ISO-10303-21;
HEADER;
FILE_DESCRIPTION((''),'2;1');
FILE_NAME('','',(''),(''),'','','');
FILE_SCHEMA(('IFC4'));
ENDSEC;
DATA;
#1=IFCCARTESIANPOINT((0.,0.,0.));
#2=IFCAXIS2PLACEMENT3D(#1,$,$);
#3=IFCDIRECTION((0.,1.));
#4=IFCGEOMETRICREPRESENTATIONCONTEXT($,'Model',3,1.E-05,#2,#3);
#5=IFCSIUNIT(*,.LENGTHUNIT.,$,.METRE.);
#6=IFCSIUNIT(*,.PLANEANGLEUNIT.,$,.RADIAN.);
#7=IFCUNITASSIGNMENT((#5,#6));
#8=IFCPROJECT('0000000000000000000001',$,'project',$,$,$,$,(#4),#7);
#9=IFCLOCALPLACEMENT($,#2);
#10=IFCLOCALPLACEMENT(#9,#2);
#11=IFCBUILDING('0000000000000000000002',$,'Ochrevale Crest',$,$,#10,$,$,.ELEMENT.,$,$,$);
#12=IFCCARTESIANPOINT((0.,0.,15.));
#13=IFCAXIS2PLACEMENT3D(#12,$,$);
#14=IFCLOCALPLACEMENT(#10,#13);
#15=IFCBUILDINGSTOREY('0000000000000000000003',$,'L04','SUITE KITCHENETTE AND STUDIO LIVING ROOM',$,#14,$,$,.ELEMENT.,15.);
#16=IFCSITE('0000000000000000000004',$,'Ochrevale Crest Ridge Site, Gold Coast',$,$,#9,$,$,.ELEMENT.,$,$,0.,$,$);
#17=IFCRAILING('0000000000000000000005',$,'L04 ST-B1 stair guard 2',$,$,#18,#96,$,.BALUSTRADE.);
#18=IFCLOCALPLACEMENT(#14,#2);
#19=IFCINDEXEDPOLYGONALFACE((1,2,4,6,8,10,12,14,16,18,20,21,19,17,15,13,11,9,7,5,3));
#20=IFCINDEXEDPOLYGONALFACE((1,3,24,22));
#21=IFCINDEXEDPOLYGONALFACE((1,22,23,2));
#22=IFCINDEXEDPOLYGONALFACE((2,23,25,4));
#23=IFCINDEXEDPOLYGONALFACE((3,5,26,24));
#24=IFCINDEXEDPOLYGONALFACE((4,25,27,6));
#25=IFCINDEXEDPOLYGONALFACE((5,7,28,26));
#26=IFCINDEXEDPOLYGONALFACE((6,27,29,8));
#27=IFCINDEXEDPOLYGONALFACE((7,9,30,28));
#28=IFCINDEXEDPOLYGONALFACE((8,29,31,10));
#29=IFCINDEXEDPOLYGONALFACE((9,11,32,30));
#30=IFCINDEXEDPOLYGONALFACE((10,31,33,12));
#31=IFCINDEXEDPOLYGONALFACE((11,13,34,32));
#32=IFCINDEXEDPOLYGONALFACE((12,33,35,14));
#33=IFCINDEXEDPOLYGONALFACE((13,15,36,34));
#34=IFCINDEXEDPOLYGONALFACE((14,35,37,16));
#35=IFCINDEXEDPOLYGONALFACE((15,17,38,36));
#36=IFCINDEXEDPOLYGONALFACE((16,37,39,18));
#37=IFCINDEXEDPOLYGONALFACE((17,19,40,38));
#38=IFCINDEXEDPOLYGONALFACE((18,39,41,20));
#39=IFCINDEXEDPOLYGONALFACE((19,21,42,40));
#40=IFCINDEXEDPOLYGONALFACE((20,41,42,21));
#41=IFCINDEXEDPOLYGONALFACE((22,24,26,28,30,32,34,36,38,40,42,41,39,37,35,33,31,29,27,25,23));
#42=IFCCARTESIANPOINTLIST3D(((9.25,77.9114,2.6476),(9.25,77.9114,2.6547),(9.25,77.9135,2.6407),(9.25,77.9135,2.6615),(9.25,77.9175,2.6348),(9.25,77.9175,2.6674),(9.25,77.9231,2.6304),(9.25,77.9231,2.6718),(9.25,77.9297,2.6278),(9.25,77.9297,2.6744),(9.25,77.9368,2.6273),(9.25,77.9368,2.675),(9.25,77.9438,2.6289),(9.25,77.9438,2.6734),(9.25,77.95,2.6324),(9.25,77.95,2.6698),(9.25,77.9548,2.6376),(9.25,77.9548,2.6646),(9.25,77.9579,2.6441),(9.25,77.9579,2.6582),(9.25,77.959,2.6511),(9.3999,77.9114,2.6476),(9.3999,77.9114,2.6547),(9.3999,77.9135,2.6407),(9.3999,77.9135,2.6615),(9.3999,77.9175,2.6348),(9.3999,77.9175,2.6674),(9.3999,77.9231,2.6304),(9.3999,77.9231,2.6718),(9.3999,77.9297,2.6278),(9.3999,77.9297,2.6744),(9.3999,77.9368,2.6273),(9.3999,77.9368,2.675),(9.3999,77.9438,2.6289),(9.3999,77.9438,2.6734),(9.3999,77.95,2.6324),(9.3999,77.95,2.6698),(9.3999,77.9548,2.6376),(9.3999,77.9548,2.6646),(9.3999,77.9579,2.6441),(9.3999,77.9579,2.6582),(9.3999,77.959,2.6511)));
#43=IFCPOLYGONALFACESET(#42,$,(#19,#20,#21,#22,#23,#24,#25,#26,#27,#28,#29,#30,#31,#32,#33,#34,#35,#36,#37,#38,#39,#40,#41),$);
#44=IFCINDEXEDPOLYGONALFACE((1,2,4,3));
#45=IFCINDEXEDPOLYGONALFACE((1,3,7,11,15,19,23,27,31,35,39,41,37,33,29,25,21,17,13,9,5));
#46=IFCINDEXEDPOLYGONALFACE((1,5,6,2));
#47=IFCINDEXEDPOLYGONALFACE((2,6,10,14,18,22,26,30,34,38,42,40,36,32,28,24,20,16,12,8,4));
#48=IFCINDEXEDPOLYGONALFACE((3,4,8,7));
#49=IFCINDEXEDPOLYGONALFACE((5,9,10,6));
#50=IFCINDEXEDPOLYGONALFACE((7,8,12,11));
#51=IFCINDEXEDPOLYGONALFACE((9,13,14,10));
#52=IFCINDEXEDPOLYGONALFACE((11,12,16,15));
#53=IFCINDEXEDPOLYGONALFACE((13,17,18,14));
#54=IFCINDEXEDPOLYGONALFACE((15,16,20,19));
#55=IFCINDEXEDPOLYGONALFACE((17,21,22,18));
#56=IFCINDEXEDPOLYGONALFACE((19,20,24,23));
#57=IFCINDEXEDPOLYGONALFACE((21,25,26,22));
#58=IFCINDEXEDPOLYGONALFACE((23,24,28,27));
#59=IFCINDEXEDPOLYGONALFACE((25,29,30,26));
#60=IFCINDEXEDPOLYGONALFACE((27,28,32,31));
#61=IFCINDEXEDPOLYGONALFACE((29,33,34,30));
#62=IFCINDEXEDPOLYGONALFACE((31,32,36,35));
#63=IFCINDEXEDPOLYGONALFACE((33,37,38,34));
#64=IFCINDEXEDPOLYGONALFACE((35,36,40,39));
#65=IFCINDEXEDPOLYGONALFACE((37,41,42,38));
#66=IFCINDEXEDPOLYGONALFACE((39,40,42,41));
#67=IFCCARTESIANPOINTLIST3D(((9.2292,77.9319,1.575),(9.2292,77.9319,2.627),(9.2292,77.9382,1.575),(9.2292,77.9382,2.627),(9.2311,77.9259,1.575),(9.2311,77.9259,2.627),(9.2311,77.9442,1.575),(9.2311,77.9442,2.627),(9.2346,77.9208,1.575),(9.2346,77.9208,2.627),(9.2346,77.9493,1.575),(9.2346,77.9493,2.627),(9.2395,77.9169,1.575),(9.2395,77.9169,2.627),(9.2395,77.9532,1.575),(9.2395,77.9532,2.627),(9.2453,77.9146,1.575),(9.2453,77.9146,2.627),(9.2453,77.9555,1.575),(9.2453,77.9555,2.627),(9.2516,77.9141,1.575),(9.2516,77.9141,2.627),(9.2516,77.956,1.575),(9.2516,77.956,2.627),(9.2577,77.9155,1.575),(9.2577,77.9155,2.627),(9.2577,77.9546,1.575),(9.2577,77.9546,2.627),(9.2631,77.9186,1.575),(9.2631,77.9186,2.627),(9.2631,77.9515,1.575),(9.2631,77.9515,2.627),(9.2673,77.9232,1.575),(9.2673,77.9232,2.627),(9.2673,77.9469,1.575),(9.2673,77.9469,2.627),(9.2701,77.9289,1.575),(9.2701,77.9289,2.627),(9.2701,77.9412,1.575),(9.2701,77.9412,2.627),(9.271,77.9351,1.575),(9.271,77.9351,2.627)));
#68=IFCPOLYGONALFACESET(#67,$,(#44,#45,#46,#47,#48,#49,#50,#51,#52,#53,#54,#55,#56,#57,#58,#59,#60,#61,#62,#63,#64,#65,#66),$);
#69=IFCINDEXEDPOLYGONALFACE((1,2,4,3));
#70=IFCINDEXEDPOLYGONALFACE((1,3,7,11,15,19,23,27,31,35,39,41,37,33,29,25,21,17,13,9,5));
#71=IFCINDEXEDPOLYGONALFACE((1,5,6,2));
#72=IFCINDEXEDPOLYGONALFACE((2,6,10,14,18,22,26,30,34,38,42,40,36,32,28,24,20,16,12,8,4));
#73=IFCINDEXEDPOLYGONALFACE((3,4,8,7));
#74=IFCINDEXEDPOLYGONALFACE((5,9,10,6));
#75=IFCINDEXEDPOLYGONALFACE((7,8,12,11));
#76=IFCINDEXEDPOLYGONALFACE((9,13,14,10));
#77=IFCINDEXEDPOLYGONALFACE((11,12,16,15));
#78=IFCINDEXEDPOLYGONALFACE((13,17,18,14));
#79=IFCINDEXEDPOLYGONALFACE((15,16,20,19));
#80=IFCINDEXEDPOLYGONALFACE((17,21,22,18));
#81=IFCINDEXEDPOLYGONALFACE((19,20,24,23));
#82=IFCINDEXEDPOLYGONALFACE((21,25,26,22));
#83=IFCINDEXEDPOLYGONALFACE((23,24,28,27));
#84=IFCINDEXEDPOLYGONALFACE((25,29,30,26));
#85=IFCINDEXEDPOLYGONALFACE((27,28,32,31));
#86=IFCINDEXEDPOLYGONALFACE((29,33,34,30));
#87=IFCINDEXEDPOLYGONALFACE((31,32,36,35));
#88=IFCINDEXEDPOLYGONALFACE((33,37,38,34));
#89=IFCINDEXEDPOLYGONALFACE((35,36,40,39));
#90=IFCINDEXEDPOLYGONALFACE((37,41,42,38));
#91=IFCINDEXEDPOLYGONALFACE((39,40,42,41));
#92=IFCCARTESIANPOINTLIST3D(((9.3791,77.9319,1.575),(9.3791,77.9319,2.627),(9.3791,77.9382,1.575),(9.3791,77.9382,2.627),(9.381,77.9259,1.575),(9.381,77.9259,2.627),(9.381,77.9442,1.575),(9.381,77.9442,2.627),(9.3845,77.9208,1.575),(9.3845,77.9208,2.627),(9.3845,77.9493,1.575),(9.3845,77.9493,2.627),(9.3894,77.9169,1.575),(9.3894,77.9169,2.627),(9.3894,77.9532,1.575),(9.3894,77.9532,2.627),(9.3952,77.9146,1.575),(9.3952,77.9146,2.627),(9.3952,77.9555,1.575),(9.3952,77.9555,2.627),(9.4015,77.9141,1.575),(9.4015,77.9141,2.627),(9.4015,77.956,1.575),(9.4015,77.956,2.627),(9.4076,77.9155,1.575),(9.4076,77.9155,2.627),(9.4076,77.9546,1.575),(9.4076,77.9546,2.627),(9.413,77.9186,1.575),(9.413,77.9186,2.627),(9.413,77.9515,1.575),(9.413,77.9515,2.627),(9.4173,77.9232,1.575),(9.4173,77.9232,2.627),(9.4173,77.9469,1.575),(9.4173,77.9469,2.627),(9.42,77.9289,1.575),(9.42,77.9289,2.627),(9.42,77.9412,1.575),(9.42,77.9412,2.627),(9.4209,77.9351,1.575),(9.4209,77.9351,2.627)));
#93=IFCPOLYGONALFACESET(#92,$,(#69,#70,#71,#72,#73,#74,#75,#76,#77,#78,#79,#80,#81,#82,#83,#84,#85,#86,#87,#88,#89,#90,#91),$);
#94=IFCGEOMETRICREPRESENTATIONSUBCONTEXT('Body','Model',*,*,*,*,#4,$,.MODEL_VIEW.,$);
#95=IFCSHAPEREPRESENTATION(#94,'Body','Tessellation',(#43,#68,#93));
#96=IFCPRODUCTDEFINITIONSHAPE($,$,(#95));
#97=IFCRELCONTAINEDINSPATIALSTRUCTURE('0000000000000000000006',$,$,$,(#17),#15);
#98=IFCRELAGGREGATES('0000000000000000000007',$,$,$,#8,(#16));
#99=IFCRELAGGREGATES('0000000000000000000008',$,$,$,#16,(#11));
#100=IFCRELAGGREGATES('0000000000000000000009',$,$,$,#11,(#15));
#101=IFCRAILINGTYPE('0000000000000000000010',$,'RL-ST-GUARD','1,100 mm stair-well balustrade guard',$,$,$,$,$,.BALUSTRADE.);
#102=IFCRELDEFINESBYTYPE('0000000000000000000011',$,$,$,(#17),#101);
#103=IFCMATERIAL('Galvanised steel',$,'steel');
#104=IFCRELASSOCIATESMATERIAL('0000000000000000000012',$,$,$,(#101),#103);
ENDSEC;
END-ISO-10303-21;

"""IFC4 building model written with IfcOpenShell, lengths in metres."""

from ifc_helpers import new_model, si_unit, direction, frame, origin, origin_2d, place, context, subcontext, project, spatial, circle, extrude, material, type_object, element, save


model = new_model("IFC4")

# Units and contexts
model_context = context("Model", 3, precision=1e-05, world=origin(), true_north=direction((0.0, 1.0)))
body_context = subcontext(model_context, "Body", "Model", "MODEL_VIEW")
ifc_project = project(units=[si_unit("LENGTHUNIT", "METRE"), si_unit("PLANEANGLEUNIT", "RADIAN")], contexts=[model_context])

# Site, building, storey
site_placement = place(None, origin())
site = spatial("IfcSite", under=ifc_project, at=site_placement, Name="Ochrevale Crest Ridge Site, Gold Coast", CompositionType="ELEMENT", RefElevation=0.0)
building_placement = place(site_placement, origin())
building = spatial("IfcBuilding", under=site, at=building_placement, Name="Ochrevale Crest", CompositionType="ELEMENT")
storey_placement = place(building_placement, frame((0.0, 0.0, 15.0)))
storey = spatial("IfcBuildingStorey", under=building, at=storey_placement, Name="L04", Description="SUITE KITCHENETTE AND STUDIO LIVING ROOM", CompositionType="ELEMENT", Elevation=15.0)

# Railing
ifc_material_1 = material(Name="Galvanised steel", Category="steel")
railing_type_1 = type_object("IfcRailingType", Name="RL-ST-GUARD", Description="1,100 mm stair-well balustrade guard", PredefinedType="BALUSTRADE", material=ifc_material_1)
railing_1_placement = place(storey_placement, frame((9.25, 77.9351, 1.575)))
element("IfcRailing", 1, at=railing_1_placement, inside=storey, type_object=railing_type_1, Name="L04 ST-B1 stair guard 2", PredefinedType="BALUSTRADE", context=body_context, shape_type="SweptSolid", body=[
    extrude(circle(Radius=0.0239, at=origin_2d()), frame((0.0, 0.0, 1.0762), z_axis=(1.0, 0.0, 0.0), x_axis=(0.0, 1.0, 0.0)), (0.0, 0.0, 1.0), 0.1499),
    extrude(circle(Radius=0.021, at=origin_2d()), origin(), (0.0, 0.0, 1.0), 1.052),
    extrude(circle(Radius=0.021, at=origin_2d()), frame((0.1499, 0.0, 0.0)), (0.0, 0.0, 1.0), 1.052),
])

save(model, "model.ifc")
